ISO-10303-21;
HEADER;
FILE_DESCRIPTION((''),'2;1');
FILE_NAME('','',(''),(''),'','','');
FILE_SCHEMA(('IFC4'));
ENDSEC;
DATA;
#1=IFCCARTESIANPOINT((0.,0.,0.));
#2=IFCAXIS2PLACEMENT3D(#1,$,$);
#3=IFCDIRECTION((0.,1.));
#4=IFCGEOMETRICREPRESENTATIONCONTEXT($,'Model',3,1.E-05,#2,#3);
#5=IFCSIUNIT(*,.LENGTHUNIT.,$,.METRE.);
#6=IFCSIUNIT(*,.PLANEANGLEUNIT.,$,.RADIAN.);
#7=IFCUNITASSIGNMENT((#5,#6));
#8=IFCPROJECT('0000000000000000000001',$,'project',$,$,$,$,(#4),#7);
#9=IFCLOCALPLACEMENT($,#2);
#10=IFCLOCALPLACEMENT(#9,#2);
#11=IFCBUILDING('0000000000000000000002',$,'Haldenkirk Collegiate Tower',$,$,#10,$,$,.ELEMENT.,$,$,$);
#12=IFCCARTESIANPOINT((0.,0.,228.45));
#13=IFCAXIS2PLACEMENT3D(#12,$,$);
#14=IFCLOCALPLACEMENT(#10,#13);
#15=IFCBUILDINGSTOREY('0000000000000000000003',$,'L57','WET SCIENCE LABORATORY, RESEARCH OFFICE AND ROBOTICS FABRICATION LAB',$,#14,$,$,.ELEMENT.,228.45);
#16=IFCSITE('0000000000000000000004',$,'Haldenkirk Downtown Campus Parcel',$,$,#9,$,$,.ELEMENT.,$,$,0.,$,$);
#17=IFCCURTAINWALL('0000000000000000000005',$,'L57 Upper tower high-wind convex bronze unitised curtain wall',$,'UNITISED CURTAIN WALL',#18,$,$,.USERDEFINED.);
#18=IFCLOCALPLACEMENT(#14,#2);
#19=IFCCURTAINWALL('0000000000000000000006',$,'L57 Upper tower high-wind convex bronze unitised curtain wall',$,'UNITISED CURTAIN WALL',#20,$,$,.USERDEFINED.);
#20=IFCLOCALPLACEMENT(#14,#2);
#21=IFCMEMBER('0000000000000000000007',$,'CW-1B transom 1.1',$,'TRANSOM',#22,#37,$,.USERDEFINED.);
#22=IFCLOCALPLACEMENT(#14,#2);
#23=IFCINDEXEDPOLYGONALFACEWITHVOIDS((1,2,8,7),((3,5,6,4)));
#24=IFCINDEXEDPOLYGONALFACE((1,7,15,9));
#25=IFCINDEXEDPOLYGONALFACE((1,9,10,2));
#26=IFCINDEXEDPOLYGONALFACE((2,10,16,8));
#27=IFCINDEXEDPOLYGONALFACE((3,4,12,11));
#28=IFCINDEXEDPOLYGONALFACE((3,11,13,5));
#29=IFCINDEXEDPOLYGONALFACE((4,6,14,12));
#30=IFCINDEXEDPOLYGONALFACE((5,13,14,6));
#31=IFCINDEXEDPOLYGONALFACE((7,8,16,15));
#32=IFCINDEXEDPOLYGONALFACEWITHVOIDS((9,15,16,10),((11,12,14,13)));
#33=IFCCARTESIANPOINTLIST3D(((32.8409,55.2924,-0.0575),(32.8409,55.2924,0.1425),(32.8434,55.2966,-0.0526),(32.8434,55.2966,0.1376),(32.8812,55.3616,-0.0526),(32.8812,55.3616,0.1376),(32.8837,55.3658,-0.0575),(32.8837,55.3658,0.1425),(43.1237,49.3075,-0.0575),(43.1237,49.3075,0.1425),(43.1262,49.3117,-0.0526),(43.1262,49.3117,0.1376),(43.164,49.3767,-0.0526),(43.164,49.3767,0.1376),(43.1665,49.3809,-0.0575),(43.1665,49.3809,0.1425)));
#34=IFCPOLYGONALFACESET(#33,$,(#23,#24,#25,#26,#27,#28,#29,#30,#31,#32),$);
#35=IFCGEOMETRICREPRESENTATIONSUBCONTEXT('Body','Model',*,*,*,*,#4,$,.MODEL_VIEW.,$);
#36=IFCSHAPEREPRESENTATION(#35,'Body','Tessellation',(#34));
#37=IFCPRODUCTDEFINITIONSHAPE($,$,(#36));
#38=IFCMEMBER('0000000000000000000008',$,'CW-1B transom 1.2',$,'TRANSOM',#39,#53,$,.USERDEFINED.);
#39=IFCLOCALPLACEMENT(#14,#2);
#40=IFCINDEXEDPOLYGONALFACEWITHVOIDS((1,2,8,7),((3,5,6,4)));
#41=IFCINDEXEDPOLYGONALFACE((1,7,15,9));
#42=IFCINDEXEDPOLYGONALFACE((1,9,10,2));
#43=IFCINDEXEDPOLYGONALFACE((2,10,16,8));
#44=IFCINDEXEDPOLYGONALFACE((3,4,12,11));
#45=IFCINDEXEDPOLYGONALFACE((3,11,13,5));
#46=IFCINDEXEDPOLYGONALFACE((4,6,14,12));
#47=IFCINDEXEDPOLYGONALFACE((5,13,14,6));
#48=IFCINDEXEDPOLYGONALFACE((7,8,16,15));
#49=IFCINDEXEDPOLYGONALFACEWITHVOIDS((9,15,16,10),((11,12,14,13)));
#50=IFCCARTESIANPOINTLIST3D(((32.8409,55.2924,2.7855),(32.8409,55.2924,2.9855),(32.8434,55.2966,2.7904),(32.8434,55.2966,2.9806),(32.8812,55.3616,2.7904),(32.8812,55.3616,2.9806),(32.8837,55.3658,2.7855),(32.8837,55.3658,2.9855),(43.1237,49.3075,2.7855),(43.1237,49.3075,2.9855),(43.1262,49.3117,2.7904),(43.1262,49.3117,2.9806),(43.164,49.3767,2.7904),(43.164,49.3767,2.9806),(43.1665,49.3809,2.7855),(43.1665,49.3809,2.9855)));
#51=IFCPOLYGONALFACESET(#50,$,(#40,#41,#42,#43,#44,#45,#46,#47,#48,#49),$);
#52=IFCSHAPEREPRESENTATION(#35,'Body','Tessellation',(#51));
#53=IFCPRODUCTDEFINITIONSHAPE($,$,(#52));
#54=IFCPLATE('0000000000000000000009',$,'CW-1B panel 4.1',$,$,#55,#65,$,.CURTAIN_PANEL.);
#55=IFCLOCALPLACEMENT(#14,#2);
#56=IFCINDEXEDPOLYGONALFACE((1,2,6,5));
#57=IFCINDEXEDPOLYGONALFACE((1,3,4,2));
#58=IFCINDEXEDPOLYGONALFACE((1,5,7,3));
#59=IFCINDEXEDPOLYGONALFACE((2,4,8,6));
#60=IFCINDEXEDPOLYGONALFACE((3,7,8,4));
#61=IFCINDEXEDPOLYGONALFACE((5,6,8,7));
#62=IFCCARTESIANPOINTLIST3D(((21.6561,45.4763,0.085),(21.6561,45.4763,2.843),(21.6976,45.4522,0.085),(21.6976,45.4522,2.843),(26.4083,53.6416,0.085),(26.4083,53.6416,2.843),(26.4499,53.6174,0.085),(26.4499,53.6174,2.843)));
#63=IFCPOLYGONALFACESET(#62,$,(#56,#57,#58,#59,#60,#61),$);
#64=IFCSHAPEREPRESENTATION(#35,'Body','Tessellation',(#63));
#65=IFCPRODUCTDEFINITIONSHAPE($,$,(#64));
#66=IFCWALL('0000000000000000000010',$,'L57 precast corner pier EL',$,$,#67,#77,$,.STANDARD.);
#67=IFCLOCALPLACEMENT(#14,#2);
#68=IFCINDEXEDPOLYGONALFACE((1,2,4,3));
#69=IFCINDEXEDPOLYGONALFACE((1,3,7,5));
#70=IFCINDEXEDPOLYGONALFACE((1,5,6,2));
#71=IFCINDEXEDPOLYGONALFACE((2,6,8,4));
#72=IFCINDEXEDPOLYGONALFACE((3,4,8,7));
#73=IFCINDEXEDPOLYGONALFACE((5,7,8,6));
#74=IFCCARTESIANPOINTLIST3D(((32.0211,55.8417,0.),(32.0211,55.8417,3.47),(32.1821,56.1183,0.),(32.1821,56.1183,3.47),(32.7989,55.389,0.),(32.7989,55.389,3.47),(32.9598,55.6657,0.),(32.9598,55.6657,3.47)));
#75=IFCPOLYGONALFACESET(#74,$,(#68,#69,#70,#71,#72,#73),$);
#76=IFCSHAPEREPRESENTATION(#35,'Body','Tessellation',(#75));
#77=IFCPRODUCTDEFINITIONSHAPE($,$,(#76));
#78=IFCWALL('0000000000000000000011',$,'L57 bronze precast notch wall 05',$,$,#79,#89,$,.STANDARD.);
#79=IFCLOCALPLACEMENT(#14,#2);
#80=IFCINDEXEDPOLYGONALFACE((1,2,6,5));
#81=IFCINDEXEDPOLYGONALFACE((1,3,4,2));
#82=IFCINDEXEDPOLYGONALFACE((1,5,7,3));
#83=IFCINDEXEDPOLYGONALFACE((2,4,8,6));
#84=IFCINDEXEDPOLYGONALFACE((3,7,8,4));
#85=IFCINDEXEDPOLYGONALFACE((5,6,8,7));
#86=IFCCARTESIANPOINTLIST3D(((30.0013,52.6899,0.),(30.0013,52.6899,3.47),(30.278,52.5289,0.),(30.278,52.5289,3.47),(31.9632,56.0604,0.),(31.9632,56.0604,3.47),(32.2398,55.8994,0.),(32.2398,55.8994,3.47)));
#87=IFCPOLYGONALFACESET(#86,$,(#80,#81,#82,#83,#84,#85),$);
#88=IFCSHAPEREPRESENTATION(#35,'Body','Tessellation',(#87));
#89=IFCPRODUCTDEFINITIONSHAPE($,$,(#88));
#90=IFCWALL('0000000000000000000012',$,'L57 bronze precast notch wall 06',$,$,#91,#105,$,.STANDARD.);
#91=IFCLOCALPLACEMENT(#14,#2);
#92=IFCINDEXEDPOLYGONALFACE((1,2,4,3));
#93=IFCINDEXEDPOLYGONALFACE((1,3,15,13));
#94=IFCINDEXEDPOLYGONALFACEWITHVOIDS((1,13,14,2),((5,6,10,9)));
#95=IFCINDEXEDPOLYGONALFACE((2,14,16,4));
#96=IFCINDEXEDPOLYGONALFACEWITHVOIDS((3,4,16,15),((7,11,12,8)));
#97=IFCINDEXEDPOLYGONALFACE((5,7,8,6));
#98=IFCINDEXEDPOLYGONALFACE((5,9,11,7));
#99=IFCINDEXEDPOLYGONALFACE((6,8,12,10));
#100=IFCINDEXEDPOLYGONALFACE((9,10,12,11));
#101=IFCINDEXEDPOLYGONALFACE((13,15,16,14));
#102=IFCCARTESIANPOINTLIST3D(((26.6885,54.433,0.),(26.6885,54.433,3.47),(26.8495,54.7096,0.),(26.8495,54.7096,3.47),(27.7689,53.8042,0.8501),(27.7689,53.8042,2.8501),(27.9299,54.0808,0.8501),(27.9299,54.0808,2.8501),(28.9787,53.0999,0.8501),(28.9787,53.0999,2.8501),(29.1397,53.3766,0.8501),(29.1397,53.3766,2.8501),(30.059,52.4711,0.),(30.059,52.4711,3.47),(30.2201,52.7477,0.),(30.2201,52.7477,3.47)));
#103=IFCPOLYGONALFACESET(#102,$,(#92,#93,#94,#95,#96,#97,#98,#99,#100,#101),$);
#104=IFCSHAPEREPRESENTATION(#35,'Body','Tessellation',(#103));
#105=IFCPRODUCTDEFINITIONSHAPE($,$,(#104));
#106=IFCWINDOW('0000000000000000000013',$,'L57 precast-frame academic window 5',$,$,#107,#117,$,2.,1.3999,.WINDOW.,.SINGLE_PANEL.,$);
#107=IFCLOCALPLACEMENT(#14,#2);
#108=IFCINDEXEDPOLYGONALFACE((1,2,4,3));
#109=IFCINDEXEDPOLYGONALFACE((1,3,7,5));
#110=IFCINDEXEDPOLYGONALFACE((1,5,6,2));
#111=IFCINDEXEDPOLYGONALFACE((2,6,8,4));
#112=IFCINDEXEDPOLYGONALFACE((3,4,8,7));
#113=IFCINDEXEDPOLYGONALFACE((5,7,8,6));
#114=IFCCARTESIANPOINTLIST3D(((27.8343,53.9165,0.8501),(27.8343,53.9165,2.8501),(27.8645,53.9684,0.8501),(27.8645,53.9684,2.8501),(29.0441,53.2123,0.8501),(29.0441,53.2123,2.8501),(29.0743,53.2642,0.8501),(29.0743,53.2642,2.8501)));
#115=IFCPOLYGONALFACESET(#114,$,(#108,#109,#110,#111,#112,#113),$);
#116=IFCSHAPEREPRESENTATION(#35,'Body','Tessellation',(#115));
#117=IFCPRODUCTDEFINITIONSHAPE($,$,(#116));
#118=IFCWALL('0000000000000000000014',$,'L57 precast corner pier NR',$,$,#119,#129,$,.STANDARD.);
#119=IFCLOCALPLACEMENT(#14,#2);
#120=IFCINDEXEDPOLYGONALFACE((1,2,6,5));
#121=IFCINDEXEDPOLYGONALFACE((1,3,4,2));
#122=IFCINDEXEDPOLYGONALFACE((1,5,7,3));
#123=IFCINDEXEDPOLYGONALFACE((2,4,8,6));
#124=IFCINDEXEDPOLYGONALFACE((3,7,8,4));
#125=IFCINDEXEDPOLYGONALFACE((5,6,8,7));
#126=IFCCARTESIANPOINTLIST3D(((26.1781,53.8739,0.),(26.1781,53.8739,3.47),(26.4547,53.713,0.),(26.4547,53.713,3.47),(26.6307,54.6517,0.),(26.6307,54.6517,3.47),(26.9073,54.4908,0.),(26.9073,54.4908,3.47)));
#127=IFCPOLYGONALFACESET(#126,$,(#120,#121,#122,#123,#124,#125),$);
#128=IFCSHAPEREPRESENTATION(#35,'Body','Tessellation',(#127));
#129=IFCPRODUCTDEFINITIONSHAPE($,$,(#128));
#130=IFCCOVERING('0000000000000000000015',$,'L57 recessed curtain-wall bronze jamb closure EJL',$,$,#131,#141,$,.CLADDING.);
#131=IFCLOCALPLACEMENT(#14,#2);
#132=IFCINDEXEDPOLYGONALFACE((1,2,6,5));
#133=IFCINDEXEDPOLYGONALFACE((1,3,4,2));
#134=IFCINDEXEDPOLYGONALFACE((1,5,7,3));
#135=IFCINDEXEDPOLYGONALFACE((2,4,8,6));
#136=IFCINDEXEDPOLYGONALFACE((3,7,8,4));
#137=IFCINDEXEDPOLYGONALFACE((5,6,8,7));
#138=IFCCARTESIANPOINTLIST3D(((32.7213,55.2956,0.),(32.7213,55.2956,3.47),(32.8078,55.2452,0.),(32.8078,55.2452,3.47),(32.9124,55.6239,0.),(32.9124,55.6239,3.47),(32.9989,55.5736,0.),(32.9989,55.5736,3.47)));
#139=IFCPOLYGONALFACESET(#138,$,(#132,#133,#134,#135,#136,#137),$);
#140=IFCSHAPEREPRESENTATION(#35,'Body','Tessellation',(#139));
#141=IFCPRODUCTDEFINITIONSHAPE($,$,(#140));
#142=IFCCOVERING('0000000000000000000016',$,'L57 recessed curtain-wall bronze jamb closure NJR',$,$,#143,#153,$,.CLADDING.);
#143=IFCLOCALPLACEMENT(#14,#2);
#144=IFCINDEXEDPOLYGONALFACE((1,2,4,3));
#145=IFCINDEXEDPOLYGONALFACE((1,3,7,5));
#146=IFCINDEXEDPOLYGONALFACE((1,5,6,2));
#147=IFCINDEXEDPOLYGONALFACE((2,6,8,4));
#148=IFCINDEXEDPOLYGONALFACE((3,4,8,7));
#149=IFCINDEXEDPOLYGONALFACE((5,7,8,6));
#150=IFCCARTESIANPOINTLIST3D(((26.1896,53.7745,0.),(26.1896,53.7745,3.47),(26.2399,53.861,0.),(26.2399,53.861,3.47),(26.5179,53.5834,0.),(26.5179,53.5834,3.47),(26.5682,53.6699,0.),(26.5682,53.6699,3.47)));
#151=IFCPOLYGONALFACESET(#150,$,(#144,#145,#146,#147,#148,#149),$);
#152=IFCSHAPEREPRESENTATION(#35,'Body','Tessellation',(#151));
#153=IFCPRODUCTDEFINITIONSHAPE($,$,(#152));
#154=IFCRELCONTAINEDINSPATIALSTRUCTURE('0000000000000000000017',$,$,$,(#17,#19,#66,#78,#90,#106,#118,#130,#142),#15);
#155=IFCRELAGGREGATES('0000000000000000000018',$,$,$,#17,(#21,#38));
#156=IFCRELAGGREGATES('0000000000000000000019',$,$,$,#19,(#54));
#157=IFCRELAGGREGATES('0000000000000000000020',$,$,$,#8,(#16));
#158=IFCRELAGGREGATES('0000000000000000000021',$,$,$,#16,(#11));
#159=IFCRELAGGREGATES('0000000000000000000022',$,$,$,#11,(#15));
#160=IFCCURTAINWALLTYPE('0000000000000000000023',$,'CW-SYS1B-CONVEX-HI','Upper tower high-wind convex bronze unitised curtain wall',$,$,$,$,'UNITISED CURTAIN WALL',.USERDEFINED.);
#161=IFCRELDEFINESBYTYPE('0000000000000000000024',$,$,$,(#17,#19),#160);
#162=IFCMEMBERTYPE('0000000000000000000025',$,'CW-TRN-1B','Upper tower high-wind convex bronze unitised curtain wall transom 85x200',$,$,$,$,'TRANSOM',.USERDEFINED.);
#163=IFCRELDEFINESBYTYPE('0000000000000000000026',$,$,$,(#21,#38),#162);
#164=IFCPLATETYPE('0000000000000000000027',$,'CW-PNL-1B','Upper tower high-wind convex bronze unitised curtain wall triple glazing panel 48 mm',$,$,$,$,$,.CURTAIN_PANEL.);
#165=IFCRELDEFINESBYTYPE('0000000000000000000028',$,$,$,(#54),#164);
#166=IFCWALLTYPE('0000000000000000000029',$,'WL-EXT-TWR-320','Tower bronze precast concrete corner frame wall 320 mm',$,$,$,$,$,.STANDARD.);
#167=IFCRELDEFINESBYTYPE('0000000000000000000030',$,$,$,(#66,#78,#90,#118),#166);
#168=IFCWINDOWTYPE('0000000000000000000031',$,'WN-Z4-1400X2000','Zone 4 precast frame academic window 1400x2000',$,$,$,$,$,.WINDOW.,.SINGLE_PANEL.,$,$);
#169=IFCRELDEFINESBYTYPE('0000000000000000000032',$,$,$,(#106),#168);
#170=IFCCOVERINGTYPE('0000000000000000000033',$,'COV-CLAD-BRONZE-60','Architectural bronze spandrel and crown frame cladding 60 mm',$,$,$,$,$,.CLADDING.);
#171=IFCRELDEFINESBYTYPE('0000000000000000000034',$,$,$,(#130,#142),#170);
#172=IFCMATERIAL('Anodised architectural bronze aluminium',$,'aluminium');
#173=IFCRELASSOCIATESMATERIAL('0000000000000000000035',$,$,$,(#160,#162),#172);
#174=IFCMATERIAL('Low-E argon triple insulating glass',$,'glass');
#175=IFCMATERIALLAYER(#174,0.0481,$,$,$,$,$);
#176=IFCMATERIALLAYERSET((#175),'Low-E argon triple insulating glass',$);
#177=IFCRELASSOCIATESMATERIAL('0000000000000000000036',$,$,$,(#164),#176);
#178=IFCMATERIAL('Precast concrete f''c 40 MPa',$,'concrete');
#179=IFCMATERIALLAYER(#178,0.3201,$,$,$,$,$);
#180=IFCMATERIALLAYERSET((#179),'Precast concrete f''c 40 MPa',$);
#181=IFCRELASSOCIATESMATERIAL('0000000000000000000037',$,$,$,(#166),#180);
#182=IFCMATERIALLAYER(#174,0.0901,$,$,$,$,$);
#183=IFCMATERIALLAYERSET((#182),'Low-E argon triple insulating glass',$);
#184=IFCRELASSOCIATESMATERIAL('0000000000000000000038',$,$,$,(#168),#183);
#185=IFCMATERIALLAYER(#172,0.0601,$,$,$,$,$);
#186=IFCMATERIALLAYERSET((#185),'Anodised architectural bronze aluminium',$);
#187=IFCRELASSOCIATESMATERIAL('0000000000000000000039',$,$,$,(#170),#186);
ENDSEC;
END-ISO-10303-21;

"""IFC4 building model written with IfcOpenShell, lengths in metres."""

from ifc_helpers import new_model, si_unit, direction, frame, frame_2d, origin, origin_2d, place, context, subcontext, project, spatial, rectangle, hollow_rectangle, extrude, source, transform, mapped, material, layer, layer_set, material_profile, profile_set, type_object, element, fill, aggregate, save


model = new_model("IFC4")

# Units and contexts
model_context = context("Model", 3, precision=1e-05, world=origin(), true_north=direction((0.0, 1.0)))
body_context = subcontext(model_context, "Body", "Model", "MODEL_VIEW")
ifc_project = project(units=[si_unit("LENGTHUNIT", "METRE"), si_unit("PLANEANGLEUNIT", "RADIAN")], contexts=[model_context])

# Site, building, storey
site_placement = place(None, origin())
site = spatial("IfcSite", under=ifc_project, at=site_placement, Name="Haldenkirk Downtown Campus Parcel", CompositionType="ELEMENT", RefElevation=0.0)
building_placement = place(site_placement, origin())
building = spatial("IfcBuilding", under=site, at=building_placement, Name="Haldenkirk Collegiate Tower", CompositionType="ELEMENT")
storey_placement = place(building_placement, frame((0.0, 0.0, 228.45)))
storey = spatial("IfcBuildingStorey", under=building, at=storey_placement, Name="L57", Description="WET SCIENCE LABORATORY, RESEARCH OFFICE AND ROBOTICS FABRICATION LAB", CompositionType="ELEMENT", Elevation=228.45)

# Curtain walls
ifc_material_1 = material(Name="Anodised architectural bronze aluminium", Category="aluminium")
curtain_wall_type = type_object("IfcCurtainWallType", Name="CW-SYS1B-CONVEX-HI", Description="Upper tower high-wind convex bronze unitised curtain wall", ElementType="UNITISED CURTAIN WALL", PredefinedType="USERDEFINED", material=ifc_material_1)
curtain_wall_1_placement = place(storey_placement, origin())
curtain_wall_1 = element("IfcCurtainWall", 1, at=curtain_wall_1_placement, inside=storey, type_object=curtain_wall_type, Name="L57 Upper tower high-wind convex bronze unitised curtain wall", ObjectType="UNITISED CURTAIN WALL", PredefinedType="USERDEFINED")
curtain_wall_2_placement = place(storey_placement, origin())
curtain_wall_2 = element("IfcCurtainWall", 2, at=curtain_wall_2_placement, inside=storey, type_object=curtain_wall_type, Name="L57 Upper tower high-wind convex bronze unitised curtain wall", ObjectType="UNITISED CURTAIN WALL", PredefinedType="USERDEFINED")

# Members
ifc_material_profile_1 = material_profile(ifc_material_1, hollow_rectangle(XDim=0.085, YDim=0.2, WallThickness=0.0049, at=origin_2d()), Name="CW-TRN-1B")
ifc_profile_set_1 = profile_set([ifc_material_profile_1], Name="Anodised architectural bronze aluminium")
member_type_1 = type_object("IfcMemberType", Name="CW-TRN-1B", Description="Upper tower high-wind convex bronze unitised curtain wall transom 85x200", ElementType="TRANSOM", PredefinedType="USERDEFINED", material=ifc_profile_set_1)
member_1_placement = place(storey_placement, frame((32.8623, 55.3291, 0.0425), z_axis=(0.864268, -0.503031, 0.0), x_axis=(0.503031, 0.864268, 0.0)))
member_1 = element("IfcMember", 3, at=member_1_placement, type_object=member_type_1, Name="CW-1B transom 1.1", ObjectType="TRANSOM", PredefinedType="USERDEFINED", context=body_context, shape_type="SweptSolid", body=[
    extrude(hollow_rectangle(XDim=0.085, YDim=0.2, WallThickness=0.0049, at=origin_2d()), origin(), (0.0, 0.0, 1.0), 11.8977),
])
member_2_placement = place(storey_placement, frame((32.8623, 55.3291, 2.8855), z_axis=(0.864268, -0.503031, 0.0), x_axis=(0.503031, 0.864268, 0.0)))
member_2 = element("IfcMember", 4, at=member_2_placement, type_object=member_type_1, Name="CW-1B transom 1.2", ObjectType="TRANSOM", PredefinedType="USERDEFINED", context=body_context, shape_type="SweptSolid", body=[
    extrude(hollow_rectangle(XDim=0.085, YDim=0.2, WallThickness=0.0049, at=origin_2d()), origin(), (0.0, 0.0, 1.0), 11.8977),
])
aggregate(curtain_wall_1, [member_1, member_2])

# Plate
ifc_material_2 = material(Name="Low-E argon triple insulating glass", Category="glass")
ifc_layer_1 = layer(ifc_material_2, 0.0481)
ifc_layer_set_1 = layer_set([ifc_layer_1], Name="Low-E argon triple insulating glass")
plate_type = type_object("IfcPlateType", Name="CW-PNL-1B", Description="Upper tower high-wind convex bronze unitised curtain wall triple glazing panel 48 mm", PredefinedType="CURTAIN_PANEL", material=ifc_layer_set_1)
shared_shape_1 = source(origin(), body_context, "Body", "SweptSolid", [
    extrude(rectangle(XDim=9.4475, YDim=0.0481, at=origin_2d()), origin(), (0.0, 0.0, 1.0), 2.7581),
])
plate_placement = place(storey_placement, frame((24.053, 49.5469, 0.085), z_axis=(0.0, 0.0, 1.0), x_axis=(0.50302, 0.864275, 0.0)))
plate = element("IfcPlate", 5, at=plate_placement, type_object=plate_type, Name="CW-1B panel 4.1", PredefinedType="CURTAIN_PANEL", context=body_context, shape_type="MappedRepresentation", body=[
    mapped(shared_shape_1, transform((0.0, 0.0, 0.0), x_axis=(1.0, 0.0, 0.0), y_axis=(0.0, 1.0, 0.0), z_axis=(0.0, 0.0, 1.0), scale=1.0)),
])
aggregate(curtain_wall_2, [plate])

# Walls
ifc_material_3 = material(Name="Precast concrete f'c 40 MPa", Category="concrete")
ifc_layer_2 = layer(ifc_material_3, 0.3201)
ifc_layer_set_2 = layer_set([ifc_layer_2], Name="Precast concrete f'c 40 MPa")
wall_type = type_object("IfcWallType", Name="WL-EXT-TWR-320", Description="Tower bronze precast concrete corner frame wall 320 mm", PredefinedType="STANDARD", material=ifc_layer_set_2)
wall_1_placement = place(storey_placement, frame((32.1016, 55.98, 0.0), z_axis=(0.0, 0.0, 1.0), x_axis=(0.86431, -0.50296, 0.0)))
element("IfcWall", 6, at=wall_1_placement, inside=storey, type_object=wall_type, Name="L57 precast corner pier EL", PredefinedType="STANDARD", context=body_context, shape_type="SweptSolid", body=[
    extrude(rectangle(XDim=0.8999, YDim=0.3201, at=frame_2d((0.45, 0.0))), origin(), (0.0, 0.0, 1.0), 3.47),
])
wall_2_placement = place(storey_placement, frame((30.1396, 52.6094, 0.0), z_axis=(0.0, 0.0, 1.0), x_axis=(0.503053, 0.864255, 0.0)))
element("IfcWall", 7, at=wall_2_placement, inside=storey, type_object=wall_type, Name="L57 bronze precast notch wall 05", PredefinedType="STANDARD", context=body_context, shape_type="SweptSolid", body=[
    extrude(rectangle(XDim=3.8999, YDim=0.3201, at=frame_2d((1.95, 0.0))), origin(), (0.0, 0.0, 1.0), 3.47),
])

# Wall, opening, window
wall_3_placement = place(storey_placement, frame((26.769, 54.5713, 0.0), z_axis=(0.0, 0.0, 1.0), x_axis=(0.864255, -0.503053, 0.0)))
wall_3 = element("IfcWall", 8, at=wall_3_placement, inside=storey, type_object=wall_type, Name="L57 bronze precast notch wall 06", PredefinedType="STANDARD", context=body_context, shape_type="SweptSolid", body=[
    extrude(rectangle(XDim=3.8999, YDim=0.3201, at=frame_2d((1.95, 0.0))), origin(), (0.0, 0.0, 1.0), 3.47),
])
opening_placement = place(wall_3_placement, frame((1.25, 0.0, 0.8501)))
opening = element("IfcOpeningElement", 9, at=opening_placement, cuts=wall_3, PredefinedType="OPENING", context=body_context, shape_type="SweptSolid", body=[
    extrude(rectangle(XDim=1.3999, YDim=2.0, at=frame_2d((0.7, 1.0))), frame((0.0, 0.1699, 0.0), z_axis=(0.0, -1.0, 0.0), x_axis=(1.0, 0.0, 0.0)), (0.0, 0.0, 1.0), 0.3401),
])
ifc_layer_3 = layer(ifc_material_2, 0.0901)
ifc_layer_set_3 = layer_set([ifc_layer_3], Name="Low-E argon triple insulating glass")
window_type = type_object("IfcWindowType", Name="WN-Z4-1400X2000", Description="Zone 4 precast frame academic window 1400x2000", PartitioningType="SINGLE_PANEL", PredefinedType="WINDOW", material=ifc_layer_set_3)
window_placement = place(opening_placement, origin())
window = element("IfcWindow", 10, at=window_placement, inside=storey, type_object=window_type, Name="L57 precast-frame academic window 5", OverallHeight=2.0, OverallWidth=1.3999, PartitioningType="SINGLE_PANEL", PredefinedType="WINDOW", context=body_context, shape_type="SweptSolid", body=[
    extrude(rectangle(XDim=1.3999, YDim=2.0, at=frame_2d((0.7, 1.0))), frame((0.0, 0.03, 0.0), z_axis=(0.0, -1.0, 0.0), x_axis=(1.0, 0.0, 0.0)), (0.0, 0.0, 1.0), 0.0601),
])
fill(opening, window)

# Wall
wall_4_placement = place(storey_placement, frame((26.3164, 53.7935, 0.0), z_axis=(0.0, 0.0, 1.0), x_axis=(0.50296, 0.86431, 0.0)))
element("IfcWall", 11, at=wall_4_placement, inside=storey, type_object=wall_type, Name="L57 precast corner pier NR", PredefinedType="STANDARD", context=body_context, shape_type="SweptSolid", body=[
    extrude(rectangle(XDim=0.8999, YDim=0.3201, at=frame_2d((0.45, 0.0))), origin(), (0.0, 0.0, 1.0), 3.47),
])

# Coverings
ifc_layer_4 = layer(ifc_material_1, 0.0601)
ifc_layer_set_4 = layer_set([ifc_layer_4], Name="Anodised architectural bronze aluminium")
covering_type = type_object("IfcCoveringType", Name="COV-CLAD-BRONZE-60", Description="Architectural bronze spandrel and crown frame cladding 60 mm", PredefinedType="CLADDING", material=ifc_layer_set_4)
shared_shape_2 = source(origin(), body_context, "Body", "SweptSolid", [
    extrude(rectangle(XDim=0.1001, YDim=0.3799, at=origin_2d()), origin(), (0.0, 0.0, 1.0), 3.47),
])
for number, where, z_axis, x_axis, name in (
    (12, (32.8601, 55.4346, 0.0), (0.0, 0.0, 1.0), (0.864275, -0.50302, 0.0), "L57 recessed curtain-wall bronze jamb closure EJL"),
    (13, (26.3789, 53.7222, 0.0), (0.0, 0.0, 1.0), (0.50302, 0.864275, 0.0), "L57 recessed curtain-wall bronze jamb closure NJR"),
):
    element("IfcCovering", number, at=place(storey_placement, frame(where, z_axis=z_axis, x_axis=x_axis)), inside=storey, type_object=covering_type, Name=name, PredefinedType="CLADDING", context=body_context, shape_type="MappedRepresentation", body=[
        mapped(shared_shape_2, transform((0.0, 0.0, 0.0), x_axis=(1.0, 0.0, 0.0), y_axis=(0.0, 1.0, 0.0), z_axis=(0.0, 0.0, 1.0), scale=1.0)),
    ])

save(model, "model.ifc")
